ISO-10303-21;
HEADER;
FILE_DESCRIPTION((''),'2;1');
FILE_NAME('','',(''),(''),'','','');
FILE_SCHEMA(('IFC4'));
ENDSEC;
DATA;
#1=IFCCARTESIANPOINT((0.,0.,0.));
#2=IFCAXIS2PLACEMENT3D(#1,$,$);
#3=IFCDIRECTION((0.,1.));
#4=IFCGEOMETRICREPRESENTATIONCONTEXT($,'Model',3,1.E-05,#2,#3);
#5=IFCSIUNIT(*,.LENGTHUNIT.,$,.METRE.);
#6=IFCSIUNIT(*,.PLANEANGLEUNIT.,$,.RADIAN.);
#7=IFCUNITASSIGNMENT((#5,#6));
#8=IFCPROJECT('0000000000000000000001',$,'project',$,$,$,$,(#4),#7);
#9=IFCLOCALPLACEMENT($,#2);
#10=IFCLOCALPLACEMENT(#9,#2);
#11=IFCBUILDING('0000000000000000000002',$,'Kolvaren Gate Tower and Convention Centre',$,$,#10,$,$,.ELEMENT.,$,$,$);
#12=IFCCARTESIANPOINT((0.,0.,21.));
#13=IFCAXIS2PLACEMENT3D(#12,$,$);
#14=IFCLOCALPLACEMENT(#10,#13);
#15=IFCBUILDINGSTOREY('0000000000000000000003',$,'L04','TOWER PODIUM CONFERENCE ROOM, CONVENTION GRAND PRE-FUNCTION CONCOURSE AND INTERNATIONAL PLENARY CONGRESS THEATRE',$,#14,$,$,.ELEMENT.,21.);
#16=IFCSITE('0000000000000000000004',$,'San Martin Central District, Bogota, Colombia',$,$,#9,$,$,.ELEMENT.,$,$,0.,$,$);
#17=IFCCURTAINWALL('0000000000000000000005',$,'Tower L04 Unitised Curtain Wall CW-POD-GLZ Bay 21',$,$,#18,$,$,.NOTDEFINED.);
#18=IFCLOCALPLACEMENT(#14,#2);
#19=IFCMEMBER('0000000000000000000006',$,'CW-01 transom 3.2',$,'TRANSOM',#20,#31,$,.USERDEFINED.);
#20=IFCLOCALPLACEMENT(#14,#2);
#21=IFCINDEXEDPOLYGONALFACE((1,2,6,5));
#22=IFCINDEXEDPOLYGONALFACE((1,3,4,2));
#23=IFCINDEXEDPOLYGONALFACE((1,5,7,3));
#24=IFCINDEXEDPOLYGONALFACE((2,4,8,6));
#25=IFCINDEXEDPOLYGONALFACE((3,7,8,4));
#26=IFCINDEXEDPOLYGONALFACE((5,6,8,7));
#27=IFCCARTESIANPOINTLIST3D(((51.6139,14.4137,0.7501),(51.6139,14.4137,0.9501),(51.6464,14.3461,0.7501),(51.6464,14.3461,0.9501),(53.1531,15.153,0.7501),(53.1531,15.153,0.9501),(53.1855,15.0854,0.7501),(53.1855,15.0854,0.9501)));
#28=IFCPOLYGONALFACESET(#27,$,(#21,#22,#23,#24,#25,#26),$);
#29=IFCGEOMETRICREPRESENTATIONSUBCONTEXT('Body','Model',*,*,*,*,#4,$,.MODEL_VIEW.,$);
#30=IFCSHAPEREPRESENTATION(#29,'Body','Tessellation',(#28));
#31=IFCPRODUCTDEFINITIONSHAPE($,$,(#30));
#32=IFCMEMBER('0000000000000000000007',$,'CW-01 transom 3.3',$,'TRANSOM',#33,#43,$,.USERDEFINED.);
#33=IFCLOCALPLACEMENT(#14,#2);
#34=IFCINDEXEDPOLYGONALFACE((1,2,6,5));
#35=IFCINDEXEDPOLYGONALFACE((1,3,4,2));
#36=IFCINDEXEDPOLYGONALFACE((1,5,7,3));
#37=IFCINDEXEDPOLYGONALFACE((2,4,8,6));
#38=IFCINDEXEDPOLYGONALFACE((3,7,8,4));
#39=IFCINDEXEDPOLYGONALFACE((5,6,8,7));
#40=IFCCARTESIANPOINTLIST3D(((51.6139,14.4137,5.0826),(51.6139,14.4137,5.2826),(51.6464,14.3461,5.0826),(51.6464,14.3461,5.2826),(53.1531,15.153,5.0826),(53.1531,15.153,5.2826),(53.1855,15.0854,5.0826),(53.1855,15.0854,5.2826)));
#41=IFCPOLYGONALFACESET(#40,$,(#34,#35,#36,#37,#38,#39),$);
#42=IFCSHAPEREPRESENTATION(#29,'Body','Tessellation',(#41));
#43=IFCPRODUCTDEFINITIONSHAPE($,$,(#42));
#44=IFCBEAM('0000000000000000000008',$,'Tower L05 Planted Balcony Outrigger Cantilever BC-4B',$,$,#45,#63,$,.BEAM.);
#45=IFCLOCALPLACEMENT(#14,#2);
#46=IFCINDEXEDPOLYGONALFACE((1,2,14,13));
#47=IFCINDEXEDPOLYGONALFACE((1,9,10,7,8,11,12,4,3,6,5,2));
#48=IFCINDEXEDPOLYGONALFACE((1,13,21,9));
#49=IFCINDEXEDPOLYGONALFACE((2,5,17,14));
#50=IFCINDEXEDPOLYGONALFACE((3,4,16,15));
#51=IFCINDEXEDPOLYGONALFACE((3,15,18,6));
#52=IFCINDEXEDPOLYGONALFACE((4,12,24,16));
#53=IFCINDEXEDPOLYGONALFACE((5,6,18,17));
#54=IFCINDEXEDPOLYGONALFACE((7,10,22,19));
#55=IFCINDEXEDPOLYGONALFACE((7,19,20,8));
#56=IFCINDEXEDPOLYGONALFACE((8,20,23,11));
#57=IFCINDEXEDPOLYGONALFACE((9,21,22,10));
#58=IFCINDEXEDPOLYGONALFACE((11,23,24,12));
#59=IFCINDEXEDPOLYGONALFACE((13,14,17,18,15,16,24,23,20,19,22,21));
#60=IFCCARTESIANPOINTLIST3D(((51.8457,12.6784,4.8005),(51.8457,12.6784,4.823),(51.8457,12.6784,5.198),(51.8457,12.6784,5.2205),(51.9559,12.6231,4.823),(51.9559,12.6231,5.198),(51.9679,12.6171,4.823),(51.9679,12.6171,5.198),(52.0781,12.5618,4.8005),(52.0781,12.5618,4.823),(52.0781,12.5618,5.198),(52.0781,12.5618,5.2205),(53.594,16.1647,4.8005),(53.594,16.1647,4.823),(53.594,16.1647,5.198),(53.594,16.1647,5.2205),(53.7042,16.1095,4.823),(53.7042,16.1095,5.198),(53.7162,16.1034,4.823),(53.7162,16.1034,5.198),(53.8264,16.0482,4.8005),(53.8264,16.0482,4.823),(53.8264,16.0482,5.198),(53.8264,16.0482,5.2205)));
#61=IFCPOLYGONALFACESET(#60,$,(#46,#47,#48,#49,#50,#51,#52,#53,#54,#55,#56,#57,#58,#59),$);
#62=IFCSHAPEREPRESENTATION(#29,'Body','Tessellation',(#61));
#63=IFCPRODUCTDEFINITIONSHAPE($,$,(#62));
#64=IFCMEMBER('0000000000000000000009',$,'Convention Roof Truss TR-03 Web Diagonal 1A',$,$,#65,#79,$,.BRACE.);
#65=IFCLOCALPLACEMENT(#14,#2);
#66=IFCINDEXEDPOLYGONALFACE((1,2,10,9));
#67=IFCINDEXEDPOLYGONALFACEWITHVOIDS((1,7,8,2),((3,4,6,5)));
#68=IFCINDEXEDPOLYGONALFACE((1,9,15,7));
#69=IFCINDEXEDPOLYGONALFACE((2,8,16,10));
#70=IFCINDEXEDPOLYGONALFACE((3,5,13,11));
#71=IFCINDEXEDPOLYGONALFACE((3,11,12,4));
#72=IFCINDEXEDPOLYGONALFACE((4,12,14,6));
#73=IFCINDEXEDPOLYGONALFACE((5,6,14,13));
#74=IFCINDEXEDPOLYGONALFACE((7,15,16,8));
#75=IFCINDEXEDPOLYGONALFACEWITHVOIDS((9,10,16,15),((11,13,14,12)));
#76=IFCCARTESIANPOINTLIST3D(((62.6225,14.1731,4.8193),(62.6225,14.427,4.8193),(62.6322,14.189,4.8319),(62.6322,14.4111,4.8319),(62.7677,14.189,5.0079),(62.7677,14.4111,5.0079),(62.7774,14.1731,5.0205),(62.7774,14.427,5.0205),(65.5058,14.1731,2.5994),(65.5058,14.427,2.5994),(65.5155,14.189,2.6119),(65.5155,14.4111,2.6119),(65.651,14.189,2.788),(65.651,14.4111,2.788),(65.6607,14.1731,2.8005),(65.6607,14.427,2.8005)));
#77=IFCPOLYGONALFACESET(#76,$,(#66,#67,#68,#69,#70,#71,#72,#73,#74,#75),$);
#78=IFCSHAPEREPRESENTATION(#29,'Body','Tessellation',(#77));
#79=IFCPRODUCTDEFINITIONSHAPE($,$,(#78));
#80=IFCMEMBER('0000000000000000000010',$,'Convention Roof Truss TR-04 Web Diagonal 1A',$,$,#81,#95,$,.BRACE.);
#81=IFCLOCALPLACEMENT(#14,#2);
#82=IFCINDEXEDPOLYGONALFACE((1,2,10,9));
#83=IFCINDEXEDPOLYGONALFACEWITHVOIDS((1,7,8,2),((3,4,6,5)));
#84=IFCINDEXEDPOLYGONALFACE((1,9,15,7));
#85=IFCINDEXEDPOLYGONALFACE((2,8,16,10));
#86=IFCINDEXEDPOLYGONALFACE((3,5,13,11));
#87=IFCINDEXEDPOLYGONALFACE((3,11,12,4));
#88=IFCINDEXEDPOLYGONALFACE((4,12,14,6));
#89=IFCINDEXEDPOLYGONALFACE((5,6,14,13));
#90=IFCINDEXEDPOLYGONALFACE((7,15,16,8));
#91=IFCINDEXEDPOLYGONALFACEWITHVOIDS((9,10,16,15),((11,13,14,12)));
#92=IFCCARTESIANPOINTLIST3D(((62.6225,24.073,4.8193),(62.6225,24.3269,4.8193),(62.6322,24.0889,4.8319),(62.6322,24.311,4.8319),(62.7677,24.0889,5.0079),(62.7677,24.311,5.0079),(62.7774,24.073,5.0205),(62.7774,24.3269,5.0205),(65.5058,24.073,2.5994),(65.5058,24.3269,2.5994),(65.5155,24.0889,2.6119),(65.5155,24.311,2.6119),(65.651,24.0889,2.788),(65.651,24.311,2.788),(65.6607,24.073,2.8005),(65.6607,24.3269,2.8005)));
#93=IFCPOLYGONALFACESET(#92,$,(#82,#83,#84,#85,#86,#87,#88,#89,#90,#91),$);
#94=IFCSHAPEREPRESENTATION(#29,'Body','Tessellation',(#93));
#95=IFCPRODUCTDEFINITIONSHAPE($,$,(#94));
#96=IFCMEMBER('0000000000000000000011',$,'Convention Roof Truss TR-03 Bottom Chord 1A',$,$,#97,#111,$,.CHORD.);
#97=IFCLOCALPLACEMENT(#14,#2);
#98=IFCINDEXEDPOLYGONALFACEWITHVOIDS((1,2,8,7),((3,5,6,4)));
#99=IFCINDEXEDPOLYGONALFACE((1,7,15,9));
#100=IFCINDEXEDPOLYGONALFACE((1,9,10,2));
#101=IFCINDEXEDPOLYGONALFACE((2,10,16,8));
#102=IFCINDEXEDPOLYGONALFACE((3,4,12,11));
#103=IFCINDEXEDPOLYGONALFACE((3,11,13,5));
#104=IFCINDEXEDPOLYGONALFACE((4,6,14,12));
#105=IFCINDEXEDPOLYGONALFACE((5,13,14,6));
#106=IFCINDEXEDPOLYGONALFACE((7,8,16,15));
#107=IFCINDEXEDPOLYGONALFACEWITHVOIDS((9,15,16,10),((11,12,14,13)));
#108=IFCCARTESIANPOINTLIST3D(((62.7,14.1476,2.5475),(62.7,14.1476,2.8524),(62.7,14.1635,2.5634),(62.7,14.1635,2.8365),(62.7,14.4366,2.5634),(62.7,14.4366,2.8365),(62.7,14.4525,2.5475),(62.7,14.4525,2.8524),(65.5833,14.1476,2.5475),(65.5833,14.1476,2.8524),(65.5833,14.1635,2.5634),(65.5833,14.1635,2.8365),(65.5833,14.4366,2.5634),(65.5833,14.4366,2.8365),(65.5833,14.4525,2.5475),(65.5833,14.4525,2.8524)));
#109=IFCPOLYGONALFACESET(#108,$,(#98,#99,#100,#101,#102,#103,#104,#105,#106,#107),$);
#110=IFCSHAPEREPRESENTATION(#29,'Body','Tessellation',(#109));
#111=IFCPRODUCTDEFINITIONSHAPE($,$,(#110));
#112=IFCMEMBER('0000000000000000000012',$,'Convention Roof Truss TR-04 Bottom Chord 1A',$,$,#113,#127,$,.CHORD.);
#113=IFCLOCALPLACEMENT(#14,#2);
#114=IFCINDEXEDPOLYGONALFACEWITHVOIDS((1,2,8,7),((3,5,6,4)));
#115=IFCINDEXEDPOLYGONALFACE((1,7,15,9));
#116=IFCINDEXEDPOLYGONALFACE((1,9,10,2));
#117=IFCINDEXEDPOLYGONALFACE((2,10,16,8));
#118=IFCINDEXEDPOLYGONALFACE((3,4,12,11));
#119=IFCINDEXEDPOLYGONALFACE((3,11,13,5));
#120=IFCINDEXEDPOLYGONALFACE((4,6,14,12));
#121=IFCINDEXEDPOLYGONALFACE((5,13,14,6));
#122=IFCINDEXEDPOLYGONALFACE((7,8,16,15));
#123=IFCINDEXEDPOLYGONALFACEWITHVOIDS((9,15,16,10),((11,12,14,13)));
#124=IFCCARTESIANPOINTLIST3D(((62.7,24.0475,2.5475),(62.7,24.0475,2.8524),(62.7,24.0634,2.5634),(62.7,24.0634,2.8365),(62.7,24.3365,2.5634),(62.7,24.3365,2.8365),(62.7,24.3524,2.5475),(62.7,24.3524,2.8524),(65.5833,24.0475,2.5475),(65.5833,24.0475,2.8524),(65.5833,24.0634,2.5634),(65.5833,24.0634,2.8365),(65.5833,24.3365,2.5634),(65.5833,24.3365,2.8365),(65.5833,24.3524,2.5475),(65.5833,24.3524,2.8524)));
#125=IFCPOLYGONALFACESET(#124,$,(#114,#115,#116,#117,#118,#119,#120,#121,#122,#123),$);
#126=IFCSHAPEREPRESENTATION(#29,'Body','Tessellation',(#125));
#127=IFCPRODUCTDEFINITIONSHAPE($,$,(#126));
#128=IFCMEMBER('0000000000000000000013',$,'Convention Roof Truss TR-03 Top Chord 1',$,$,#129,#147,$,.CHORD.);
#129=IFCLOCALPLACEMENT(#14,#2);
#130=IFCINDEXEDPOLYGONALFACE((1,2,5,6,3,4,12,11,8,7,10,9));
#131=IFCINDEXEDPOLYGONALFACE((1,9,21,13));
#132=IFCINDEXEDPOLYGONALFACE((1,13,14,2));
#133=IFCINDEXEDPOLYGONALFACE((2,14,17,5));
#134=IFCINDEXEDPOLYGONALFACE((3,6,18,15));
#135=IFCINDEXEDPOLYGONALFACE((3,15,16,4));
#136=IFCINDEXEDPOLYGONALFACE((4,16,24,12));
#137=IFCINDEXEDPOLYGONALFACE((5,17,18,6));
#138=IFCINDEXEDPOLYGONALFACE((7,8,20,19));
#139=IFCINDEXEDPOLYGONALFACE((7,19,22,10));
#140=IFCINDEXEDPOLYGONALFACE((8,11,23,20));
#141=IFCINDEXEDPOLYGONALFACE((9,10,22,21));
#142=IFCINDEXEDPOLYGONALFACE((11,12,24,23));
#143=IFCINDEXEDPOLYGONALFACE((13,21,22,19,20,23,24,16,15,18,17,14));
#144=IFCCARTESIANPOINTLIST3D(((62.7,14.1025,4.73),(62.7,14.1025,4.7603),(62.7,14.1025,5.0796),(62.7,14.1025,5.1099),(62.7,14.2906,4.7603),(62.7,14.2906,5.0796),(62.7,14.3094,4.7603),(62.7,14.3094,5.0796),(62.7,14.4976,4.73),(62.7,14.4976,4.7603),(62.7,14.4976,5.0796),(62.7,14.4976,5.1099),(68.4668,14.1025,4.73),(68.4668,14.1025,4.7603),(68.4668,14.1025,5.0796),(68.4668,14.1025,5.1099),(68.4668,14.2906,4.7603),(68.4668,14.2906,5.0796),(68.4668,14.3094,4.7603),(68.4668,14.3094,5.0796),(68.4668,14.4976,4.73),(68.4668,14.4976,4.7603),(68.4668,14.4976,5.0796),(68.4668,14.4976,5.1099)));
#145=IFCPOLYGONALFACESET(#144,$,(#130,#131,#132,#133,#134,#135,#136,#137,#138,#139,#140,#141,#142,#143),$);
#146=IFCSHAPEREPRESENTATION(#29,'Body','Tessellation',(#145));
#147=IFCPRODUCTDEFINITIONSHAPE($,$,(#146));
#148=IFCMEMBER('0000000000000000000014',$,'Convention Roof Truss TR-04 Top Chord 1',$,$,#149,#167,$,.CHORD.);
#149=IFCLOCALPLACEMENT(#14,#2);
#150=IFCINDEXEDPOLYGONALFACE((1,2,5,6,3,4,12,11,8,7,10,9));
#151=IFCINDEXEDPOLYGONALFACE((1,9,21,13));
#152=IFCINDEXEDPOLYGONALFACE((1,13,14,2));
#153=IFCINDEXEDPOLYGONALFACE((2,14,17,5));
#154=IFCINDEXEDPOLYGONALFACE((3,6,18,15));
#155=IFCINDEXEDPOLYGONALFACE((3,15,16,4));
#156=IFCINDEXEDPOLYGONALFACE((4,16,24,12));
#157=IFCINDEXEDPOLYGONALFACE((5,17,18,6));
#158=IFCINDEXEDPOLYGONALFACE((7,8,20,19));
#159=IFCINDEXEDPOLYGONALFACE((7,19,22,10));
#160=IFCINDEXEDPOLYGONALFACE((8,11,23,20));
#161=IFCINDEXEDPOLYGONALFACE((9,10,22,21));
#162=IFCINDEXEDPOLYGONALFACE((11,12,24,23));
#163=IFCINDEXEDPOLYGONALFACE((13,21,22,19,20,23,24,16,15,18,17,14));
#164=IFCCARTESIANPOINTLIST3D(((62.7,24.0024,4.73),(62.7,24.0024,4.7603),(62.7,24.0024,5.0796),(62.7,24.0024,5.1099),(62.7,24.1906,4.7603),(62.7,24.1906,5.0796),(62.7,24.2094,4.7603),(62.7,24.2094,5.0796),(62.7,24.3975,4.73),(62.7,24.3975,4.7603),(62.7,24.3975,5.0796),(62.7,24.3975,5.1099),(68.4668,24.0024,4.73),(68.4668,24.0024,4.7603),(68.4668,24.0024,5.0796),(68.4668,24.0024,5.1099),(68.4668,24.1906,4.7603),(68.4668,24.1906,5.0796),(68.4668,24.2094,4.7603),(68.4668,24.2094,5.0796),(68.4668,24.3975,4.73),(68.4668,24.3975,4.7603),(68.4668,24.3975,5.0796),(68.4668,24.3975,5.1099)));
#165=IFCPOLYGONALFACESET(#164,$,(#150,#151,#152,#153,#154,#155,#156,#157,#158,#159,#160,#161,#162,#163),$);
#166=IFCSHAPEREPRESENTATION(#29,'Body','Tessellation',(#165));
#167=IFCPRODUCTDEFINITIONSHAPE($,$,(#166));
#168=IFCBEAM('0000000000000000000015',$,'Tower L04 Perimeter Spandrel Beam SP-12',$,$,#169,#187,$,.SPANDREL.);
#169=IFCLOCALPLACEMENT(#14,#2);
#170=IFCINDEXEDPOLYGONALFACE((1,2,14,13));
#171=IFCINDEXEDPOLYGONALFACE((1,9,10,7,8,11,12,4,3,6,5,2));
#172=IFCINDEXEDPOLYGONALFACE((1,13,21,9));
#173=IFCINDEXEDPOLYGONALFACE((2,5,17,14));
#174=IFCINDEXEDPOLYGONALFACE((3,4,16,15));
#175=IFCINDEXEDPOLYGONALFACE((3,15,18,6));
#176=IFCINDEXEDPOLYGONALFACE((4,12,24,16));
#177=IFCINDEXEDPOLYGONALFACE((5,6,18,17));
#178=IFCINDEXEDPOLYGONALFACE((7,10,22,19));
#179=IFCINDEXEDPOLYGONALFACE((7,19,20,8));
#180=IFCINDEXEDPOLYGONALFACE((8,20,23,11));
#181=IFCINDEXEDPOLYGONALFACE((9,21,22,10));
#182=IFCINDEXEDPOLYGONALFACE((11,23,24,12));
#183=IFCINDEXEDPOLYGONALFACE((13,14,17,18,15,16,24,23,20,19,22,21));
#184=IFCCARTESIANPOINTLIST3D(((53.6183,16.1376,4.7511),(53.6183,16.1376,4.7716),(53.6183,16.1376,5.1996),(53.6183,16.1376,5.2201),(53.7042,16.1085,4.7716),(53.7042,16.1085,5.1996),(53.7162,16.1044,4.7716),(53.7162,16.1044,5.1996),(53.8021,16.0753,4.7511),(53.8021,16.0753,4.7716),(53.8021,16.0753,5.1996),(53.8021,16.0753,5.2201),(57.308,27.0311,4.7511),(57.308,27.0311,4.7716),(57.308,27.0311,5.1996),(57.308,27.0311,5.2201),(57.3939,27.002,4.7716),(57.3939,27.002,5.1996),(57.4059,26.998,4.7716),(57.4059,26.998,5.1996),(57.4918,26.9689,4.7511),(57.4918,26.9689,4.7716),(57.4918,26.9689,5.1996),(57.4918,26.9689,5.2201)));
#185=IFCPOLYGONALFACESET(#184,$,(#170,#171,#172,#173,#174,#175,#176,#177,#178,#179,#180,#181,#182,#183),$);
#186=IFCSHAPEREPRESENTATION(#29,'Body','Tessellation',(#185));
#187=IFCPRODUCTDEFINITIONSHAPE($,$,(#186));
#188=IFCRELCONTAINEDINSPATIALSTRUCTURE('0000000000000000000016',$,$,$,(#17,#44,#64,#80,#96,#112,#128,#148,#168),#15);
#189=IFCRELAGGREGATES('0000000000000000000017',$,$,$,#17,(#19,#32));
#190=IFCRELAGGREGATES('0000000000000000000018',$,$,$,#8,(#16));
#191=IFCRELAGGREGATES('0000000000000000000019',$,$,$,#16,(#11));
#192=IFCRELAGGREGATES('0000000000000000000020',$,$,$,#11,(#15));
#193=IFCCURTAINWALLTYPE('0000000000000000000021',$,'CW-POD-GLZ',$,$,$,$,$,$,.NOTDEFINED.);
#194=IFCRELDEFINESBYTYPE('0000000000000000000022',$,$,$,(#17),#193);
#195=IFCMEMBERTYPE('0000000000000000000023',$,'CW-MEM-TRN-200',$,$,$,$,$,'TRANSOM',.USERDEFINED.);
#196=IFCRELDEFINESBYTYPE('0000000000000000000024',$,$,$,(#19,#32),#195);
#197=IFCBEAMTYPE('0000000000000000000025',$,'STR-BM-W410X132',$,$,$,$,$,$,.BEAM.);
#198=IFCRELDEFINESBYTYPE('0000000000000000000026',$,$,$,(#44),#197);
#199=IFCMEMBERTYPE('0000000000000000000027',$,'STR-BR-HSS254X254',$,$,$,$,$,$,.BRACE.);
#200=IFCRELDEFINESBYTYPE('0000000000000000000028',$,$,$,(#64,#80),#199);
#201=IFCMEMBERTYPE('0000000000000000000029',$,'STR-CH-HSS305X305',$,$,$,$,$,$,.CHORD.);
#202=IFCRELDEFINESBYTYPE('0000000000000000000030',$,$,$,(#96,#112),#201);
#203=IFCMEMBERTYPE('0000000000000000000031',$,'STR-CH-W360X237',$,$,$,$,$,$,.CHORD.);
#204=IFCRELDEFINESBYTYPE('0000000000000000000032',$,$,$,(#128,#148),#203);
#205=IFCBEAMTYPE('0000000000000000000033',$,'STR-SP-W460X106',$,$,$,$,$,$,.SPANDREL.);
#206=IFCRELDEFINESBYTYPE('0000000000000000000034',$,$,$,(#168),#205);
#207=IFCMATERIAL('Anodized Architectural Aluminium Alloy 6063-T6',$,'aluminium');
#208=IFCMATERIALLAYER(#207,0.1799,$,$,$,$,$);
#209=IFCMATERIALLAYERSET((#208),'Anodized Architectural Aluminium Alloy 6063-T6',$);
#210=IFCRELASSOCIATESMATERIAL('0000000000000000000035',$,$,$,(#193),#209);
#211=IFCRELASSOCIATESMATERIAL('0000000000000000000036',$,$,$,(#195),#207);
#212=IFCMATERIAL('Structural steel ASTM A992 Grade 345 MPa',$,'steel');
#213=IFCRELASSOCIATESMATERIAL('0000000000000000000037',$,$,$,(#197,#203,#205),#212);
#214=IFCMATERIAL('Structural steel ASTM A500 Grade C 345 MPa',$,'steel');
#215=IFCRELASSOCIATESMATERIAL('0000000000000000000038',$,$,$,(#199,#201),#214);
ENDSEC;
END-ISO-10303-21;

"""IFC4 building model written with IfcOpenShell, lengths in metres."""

from ifc_helpers import new_model, si_unit, direction, frame, origin, origin_2d, place, context, subcontext, project, spatial, rectangle, hollow_rectangle, i_section, extrude, material, layer, layer_set, material_profile, profile_set, type_object, element, aggregate, save


model = new_model("IFC4")

# Units and contexts
model_context = context("Model", 3, precision=1e-05, world=origin(), true_north=direction((0.0, 1.0)))
body_context = subcontext(model_context, "Body", "Model", "MODEL_VIEW")
ifc_project = project(units=[si_unit("LENGTHUNIT", "METRE"), si_unit("PLANEANGLEUNIT", "RADIAN")], contexts=[model_context])

# Site, building, storey
site_placement = place(None, origin())
site = spatial("IfcSite", under=ifc_project, at=site_placement, Name="San Martin Central District, Bogota, Colombia", CompositionType="ELEMENT", RefElevation=0.0)
building_placement = place(site_placement, origin())
building = spatial("IfcBuilding", under=site, at=building_placement, Name="Kolvaren Gate Tower and Convention Centre", CompositionType="ELEMENT")
storey_placement = place(building_placement, frame((0.0, 0.0, 21.0)))
storey = spatial("IfcBuildingStorey", under=building, at=storey_placement, Name="L04", Description="TOWER PODIUM CONFERENCE ROOM, CONVENTION GRAND PRE-FUNCTION CONCOURSE AND INTERNATIONAL PLENARY CONGRESS THEATRE", CompositionType="ELEMENT", Elevation=21.0)

# Shared definitions
ifc_material_1 = material(Name="Structural steel ASTM A992 Grade 345 MPa", Category="steel")

# Curtain wall, members
ifc_material_2 = material(Name="Anodized Architectural Aluminium Alloy 6063-T6", Category="aluminium")
ifc_layer_1 = layer(ifc_material_2, 0.1799)
ifc_layer_set_1 = layer_set([ifc_layer_1], Name="Anodized Architectural Aluminium Alloy 6063-T6")
curtain_wall_type = type_object("IfcCurtainWallType", Name="CW-POD-GLZ", PredefinedType="NOTDEFINED", material=ifc_layer_set_1)
curtain_wall_placement = place(storey_placement, origin())
curtain_wall = element("IfcCurtainWall", 1, at=curtain_wall_placement, inside=storey, type_object=curtain_wall_type, Name="Tower L04 Unitised Curtain Wall CW-POD-GLZ Bay 21", PredefinedType="NOTDEFINED")
ifc_material_profile_1 = material_profile(ifc_material_2, rectangle(XDim=0.075, YDim=0.2, at=origin_2d()), Name="CW-MEM-TRN-200")
ifc_profile_set_1 = profile_set([ifc_material_profile_1], Name="Anodized Architectural Aluminium Alloy 6063-T6")
member_type_1 = type_object("IfcMemberType", Name="CW-MEM-TRN-200", ElementType="TRANSOM", PredefinedType="USERDEFINED", material=ifc_profile_set_1)
member_1_placement = place(storey_placement, frame((51.6301, 14.3799, 0.8501), z_axis=(0.901407, 0.432973, 0.0), x_axis=(-0.432973, 0.901407, 0.0)))
member_1 = element("IfcMember", 2, at=member_1_placement, type_object=member_type_1, Name="CW-01 transom 3.2", ObjectType="TRANSOM", PredefinedType="USERDEFINED", context=body_context, shape_type="SweptSolid", body=[
    extrude(rectangle(XDim=0.075, YDim=0.2, at=origin_2d()), origin(), (0.0, 0.0, 1.0), 1.7075),
])
member_2_placement = place(storey_placement, frame((51.6301, 14.3799, 5.1826), z_axis=(0.901407, 0.432973, 0.0), x_axis=(-0.432973, 0.901407, 0.0)))
member_2 = element("IfcMember", 3, at=member_2_placement, type_object=member_type_1, Name="CW-01 transom 3.3", ObjectType="TRANSOM", PredefinedType="USERDEFINED", context=body_context, shape_type="SweptSolid", body=[
    extrude(rectangle(XDim=0.075, YDim=0.2, at=origin_2d()), origin(), (0.0, 0.0, 1.0), 1.7075),
])

# Beam
ifc_material_profile_2 = material_profile(ifc_material_1, i_section(OverallWidth=0.26, OverallDepth=0.4199, WebThickness=0.0134, FlangeThickness=0.0225, at=origin_2d()), Name="W410X132")
ifc_profile_set_2 = profile_set([ifc_material_profile_2], Name="Structural steel ASTM A992 Grade 345 MPa")
beam_type_1 = type_object("IfcBeamType", Name="STR-BM-W410X132", PredefinedType="BEAM", material=ifc_profile_set_2)
beam_1_placement = place(storey_placement, frame((53.7102, 16.1064, 5.0105), z_axis=(-0.448265, -0.893901, 0.0), x_axis=(0.893901, -0.448265, 0.0)))
element("IfcBeam", 4, at=beam_1_placement, inside=storey, type_object=beam_type_1, Name="Tower L05 Planted Balcony Outrigger Cantilever BC-4B", PredefinedType="BEAM", context=body_context, shape_type="SweptSolid", body=[
    extrude(i_section(OverallWidth=0.26, OverallDepth=0.4199, WebThickness=0.0134, FlangeThickness=0.0225, at=origin_2d()), origin(), (0.0, 0.0, 1.0), 3.9001),
])

# Members
ifc_material_3 = material(Name="Structural steel ASTM A500 Grade C 345 MPa", Category="steel")
ifc_material_profile_3 = material_profile(ifc_material_3, hollow_rectangle(XDim=0.2539, YDim=0.2539, WallThickness=0.0159, at=origin_2d()), Name="HSS254X254X15.9")
ifc_profile_set_3 = profile_set([ifc_material_profile_3], Name="Structural steel ASTM A500 Grade C 345 MPa")
member_type_2 = type_object("IfcMemberType", Name="STR-BR-HSS254X254", PredefinedType="BRACE", material=ifc_profile_set_3)
for number, where, z_axis, x_axis, name in (
    (5, (62.7, 14.3, 4.9199), (0.792352, 0.0, -0.610064), (0.0, 1.0, 0.0), "Convention Roof Truss TR-03 Web Diagonal 1A"),
    (6, (62.7, 24.2, 4.9199), (0.792352, 0.0, -0.610064), (0.0, 1.0, 0.0), "Convention Roof Truss TR-04 Web Diagonal 1A"),
):
    element("IfcMember", number, at=place(storey_placement, frame(where, z_axis=z_axis, x_axis=x_axis)), inside=storey, type_object=member_type_2, Name=name, PredefinedType="BRACE", context=body_context, shape_type="SweptSolid", body=[
        extrude(hollow_rectangle(XDim=0.2539, YDim=0.2539, WallThickness=0.0159, at=origin_2d()), origin(), (0.0, 0.0, 1.0), 3.6389),
    ])
ifc_material_profile_4 = material_profile(ifc_material_3, hollow_rectangle(XDim=0.3049, YDim=0.3049, WallThickness=0.0159, at=origin_2d()), Name="HSS305X305X15.9")
ifc_profile_set_4 = profile_set([ifc_material_profile_4], Name="Structural steel ASTM A500 Grade C 345 MPa")
member_type_3 = type_object("IfcMemberType", Name="STR-CH-HSS305X305", PredefinedType="CHORD", material=ifc_profile_set_4)
for number, where, z_axis, x_axis, name in (
    (7, (62.7, 14.3, 2.7), (1.0, 0.0, 0.0), (0.0, 1.0, 0.0), "Convention Roof Truss TR-03 Bottom Chord 1A"),
    (8, (62.7, 24.2, 2.7), (1.0, 0.0, 0.0), (0.0, 1.0, 0.0), "Convention Roof Truss TR-04 Bottom Chord 1A"),
):
    element("IfcMember", number, at=place(storey_placement, frame(where, z_axis=z_axis, x_axis=x_axis)), inside=storey, type_object=member_type_3, Name=name, PredefinedType="CHORD", context=body_context, shape_type="SweptSolid", body=[
        extrude(hollow_rectangle(XDim=0.3049, YDim=0.3049, WallThickness=0.0159, at=origin_2d()), origin(), (0.0, 0.0, 1.0), 2.8833),
    ])
ifc_material_profile_5 = material_profile(ifc_material_1, i_section(OverallWidth=0.395, OverallDepth=0.3799, WebThickness=0.0188, FlangeThickness=0.0303, at=origin_2d()), Name="W360X237")
ifc_profile_set_5 = profile_set([ifc_material_profile_5], Name="Structural steel ASTM A992 Grade 345 MPa")
member_type_4 = type_object("IfcMemberType", Name="STR-CH-W360X237", PredefinedType="CHORD", material=ifc_profile_set_5)
for number, where, z_axis, x_axis, name in (
    (9, (62.7, 14.3, 4.9199), (1.0, 0.0, 0.0), (0.0, 1.0, 0.0), "Convention Roof Truss TR-03 Top Chord 1"),
    (10, (62.7, 24.2, 4.9199), (1.0, 0.0, 0.0), (0.0, 1.0, 0.0), "Convention Roof Truss TR-04 Top Chord 1"),
):
    element("IfcMember", number, at=place(storey_placement, frame(where, z_axis=z_axis, x_axis=x_axis)), inside=storey, type_object=member_type_4, Name=name, PredefinedType="CHORD", context=body_context, shape_type="SweptSolid", body=[
        extrude(i_section(OverallWidth=0.395, OverallDepth=0.3799, WebThickness=0.0188, FlangeThickness=0.0303, at=origin_2d()), origin(), (0.0, 0.0, 1.0), 5.7668),
    ])

# Beam
ifc_material_profile_6 = material_profile(ifc_material_1, i_section(OverallWidth=0.1941, OverallDepth=0.469, WebThickness=0.0127, FlangeThickness=0.0205, at=origin_2d()), Name="W460X106")
ifc_profile_set_6 = profile_set([ifc_material_profile_6], Name="Structural steel ASTM A992 Grade 345 MPa")
beam_type_2 = type_object("IfcBeamType", Name="STR-SP-W460X106", PredefinedType="SPANDREL", material=ifc_profile_set_6)
beam_2_placement = place(storey_placement, frame((53.7102, 16.1064, 4.9856), z_axis=(0.320803, 0.947146, 0.0), x_axis=(-0.947146, 0.320803, 0.0)))
element("IfcBeam", 11, at=beam_2_placement, inside=storey, type_object=beam_type_2, Name="Tower L04 Perimeter Spandrel Beam SP-12", PredefinedType="SPANDREL", context=body_context, shape_type="SweptSolid", body=[
    extrude(i_section(OverallWidth=0.1941, OverallDepth=0.469, WebThickness=0.0127, FlangeThickness=0.0205, at=origin_2d()), origin(), (0.0, 0.0, 1.0), 11.5015),
])

aggregate(curtain_wall, [member_1, member_2])

save(model, "model.ifc")
